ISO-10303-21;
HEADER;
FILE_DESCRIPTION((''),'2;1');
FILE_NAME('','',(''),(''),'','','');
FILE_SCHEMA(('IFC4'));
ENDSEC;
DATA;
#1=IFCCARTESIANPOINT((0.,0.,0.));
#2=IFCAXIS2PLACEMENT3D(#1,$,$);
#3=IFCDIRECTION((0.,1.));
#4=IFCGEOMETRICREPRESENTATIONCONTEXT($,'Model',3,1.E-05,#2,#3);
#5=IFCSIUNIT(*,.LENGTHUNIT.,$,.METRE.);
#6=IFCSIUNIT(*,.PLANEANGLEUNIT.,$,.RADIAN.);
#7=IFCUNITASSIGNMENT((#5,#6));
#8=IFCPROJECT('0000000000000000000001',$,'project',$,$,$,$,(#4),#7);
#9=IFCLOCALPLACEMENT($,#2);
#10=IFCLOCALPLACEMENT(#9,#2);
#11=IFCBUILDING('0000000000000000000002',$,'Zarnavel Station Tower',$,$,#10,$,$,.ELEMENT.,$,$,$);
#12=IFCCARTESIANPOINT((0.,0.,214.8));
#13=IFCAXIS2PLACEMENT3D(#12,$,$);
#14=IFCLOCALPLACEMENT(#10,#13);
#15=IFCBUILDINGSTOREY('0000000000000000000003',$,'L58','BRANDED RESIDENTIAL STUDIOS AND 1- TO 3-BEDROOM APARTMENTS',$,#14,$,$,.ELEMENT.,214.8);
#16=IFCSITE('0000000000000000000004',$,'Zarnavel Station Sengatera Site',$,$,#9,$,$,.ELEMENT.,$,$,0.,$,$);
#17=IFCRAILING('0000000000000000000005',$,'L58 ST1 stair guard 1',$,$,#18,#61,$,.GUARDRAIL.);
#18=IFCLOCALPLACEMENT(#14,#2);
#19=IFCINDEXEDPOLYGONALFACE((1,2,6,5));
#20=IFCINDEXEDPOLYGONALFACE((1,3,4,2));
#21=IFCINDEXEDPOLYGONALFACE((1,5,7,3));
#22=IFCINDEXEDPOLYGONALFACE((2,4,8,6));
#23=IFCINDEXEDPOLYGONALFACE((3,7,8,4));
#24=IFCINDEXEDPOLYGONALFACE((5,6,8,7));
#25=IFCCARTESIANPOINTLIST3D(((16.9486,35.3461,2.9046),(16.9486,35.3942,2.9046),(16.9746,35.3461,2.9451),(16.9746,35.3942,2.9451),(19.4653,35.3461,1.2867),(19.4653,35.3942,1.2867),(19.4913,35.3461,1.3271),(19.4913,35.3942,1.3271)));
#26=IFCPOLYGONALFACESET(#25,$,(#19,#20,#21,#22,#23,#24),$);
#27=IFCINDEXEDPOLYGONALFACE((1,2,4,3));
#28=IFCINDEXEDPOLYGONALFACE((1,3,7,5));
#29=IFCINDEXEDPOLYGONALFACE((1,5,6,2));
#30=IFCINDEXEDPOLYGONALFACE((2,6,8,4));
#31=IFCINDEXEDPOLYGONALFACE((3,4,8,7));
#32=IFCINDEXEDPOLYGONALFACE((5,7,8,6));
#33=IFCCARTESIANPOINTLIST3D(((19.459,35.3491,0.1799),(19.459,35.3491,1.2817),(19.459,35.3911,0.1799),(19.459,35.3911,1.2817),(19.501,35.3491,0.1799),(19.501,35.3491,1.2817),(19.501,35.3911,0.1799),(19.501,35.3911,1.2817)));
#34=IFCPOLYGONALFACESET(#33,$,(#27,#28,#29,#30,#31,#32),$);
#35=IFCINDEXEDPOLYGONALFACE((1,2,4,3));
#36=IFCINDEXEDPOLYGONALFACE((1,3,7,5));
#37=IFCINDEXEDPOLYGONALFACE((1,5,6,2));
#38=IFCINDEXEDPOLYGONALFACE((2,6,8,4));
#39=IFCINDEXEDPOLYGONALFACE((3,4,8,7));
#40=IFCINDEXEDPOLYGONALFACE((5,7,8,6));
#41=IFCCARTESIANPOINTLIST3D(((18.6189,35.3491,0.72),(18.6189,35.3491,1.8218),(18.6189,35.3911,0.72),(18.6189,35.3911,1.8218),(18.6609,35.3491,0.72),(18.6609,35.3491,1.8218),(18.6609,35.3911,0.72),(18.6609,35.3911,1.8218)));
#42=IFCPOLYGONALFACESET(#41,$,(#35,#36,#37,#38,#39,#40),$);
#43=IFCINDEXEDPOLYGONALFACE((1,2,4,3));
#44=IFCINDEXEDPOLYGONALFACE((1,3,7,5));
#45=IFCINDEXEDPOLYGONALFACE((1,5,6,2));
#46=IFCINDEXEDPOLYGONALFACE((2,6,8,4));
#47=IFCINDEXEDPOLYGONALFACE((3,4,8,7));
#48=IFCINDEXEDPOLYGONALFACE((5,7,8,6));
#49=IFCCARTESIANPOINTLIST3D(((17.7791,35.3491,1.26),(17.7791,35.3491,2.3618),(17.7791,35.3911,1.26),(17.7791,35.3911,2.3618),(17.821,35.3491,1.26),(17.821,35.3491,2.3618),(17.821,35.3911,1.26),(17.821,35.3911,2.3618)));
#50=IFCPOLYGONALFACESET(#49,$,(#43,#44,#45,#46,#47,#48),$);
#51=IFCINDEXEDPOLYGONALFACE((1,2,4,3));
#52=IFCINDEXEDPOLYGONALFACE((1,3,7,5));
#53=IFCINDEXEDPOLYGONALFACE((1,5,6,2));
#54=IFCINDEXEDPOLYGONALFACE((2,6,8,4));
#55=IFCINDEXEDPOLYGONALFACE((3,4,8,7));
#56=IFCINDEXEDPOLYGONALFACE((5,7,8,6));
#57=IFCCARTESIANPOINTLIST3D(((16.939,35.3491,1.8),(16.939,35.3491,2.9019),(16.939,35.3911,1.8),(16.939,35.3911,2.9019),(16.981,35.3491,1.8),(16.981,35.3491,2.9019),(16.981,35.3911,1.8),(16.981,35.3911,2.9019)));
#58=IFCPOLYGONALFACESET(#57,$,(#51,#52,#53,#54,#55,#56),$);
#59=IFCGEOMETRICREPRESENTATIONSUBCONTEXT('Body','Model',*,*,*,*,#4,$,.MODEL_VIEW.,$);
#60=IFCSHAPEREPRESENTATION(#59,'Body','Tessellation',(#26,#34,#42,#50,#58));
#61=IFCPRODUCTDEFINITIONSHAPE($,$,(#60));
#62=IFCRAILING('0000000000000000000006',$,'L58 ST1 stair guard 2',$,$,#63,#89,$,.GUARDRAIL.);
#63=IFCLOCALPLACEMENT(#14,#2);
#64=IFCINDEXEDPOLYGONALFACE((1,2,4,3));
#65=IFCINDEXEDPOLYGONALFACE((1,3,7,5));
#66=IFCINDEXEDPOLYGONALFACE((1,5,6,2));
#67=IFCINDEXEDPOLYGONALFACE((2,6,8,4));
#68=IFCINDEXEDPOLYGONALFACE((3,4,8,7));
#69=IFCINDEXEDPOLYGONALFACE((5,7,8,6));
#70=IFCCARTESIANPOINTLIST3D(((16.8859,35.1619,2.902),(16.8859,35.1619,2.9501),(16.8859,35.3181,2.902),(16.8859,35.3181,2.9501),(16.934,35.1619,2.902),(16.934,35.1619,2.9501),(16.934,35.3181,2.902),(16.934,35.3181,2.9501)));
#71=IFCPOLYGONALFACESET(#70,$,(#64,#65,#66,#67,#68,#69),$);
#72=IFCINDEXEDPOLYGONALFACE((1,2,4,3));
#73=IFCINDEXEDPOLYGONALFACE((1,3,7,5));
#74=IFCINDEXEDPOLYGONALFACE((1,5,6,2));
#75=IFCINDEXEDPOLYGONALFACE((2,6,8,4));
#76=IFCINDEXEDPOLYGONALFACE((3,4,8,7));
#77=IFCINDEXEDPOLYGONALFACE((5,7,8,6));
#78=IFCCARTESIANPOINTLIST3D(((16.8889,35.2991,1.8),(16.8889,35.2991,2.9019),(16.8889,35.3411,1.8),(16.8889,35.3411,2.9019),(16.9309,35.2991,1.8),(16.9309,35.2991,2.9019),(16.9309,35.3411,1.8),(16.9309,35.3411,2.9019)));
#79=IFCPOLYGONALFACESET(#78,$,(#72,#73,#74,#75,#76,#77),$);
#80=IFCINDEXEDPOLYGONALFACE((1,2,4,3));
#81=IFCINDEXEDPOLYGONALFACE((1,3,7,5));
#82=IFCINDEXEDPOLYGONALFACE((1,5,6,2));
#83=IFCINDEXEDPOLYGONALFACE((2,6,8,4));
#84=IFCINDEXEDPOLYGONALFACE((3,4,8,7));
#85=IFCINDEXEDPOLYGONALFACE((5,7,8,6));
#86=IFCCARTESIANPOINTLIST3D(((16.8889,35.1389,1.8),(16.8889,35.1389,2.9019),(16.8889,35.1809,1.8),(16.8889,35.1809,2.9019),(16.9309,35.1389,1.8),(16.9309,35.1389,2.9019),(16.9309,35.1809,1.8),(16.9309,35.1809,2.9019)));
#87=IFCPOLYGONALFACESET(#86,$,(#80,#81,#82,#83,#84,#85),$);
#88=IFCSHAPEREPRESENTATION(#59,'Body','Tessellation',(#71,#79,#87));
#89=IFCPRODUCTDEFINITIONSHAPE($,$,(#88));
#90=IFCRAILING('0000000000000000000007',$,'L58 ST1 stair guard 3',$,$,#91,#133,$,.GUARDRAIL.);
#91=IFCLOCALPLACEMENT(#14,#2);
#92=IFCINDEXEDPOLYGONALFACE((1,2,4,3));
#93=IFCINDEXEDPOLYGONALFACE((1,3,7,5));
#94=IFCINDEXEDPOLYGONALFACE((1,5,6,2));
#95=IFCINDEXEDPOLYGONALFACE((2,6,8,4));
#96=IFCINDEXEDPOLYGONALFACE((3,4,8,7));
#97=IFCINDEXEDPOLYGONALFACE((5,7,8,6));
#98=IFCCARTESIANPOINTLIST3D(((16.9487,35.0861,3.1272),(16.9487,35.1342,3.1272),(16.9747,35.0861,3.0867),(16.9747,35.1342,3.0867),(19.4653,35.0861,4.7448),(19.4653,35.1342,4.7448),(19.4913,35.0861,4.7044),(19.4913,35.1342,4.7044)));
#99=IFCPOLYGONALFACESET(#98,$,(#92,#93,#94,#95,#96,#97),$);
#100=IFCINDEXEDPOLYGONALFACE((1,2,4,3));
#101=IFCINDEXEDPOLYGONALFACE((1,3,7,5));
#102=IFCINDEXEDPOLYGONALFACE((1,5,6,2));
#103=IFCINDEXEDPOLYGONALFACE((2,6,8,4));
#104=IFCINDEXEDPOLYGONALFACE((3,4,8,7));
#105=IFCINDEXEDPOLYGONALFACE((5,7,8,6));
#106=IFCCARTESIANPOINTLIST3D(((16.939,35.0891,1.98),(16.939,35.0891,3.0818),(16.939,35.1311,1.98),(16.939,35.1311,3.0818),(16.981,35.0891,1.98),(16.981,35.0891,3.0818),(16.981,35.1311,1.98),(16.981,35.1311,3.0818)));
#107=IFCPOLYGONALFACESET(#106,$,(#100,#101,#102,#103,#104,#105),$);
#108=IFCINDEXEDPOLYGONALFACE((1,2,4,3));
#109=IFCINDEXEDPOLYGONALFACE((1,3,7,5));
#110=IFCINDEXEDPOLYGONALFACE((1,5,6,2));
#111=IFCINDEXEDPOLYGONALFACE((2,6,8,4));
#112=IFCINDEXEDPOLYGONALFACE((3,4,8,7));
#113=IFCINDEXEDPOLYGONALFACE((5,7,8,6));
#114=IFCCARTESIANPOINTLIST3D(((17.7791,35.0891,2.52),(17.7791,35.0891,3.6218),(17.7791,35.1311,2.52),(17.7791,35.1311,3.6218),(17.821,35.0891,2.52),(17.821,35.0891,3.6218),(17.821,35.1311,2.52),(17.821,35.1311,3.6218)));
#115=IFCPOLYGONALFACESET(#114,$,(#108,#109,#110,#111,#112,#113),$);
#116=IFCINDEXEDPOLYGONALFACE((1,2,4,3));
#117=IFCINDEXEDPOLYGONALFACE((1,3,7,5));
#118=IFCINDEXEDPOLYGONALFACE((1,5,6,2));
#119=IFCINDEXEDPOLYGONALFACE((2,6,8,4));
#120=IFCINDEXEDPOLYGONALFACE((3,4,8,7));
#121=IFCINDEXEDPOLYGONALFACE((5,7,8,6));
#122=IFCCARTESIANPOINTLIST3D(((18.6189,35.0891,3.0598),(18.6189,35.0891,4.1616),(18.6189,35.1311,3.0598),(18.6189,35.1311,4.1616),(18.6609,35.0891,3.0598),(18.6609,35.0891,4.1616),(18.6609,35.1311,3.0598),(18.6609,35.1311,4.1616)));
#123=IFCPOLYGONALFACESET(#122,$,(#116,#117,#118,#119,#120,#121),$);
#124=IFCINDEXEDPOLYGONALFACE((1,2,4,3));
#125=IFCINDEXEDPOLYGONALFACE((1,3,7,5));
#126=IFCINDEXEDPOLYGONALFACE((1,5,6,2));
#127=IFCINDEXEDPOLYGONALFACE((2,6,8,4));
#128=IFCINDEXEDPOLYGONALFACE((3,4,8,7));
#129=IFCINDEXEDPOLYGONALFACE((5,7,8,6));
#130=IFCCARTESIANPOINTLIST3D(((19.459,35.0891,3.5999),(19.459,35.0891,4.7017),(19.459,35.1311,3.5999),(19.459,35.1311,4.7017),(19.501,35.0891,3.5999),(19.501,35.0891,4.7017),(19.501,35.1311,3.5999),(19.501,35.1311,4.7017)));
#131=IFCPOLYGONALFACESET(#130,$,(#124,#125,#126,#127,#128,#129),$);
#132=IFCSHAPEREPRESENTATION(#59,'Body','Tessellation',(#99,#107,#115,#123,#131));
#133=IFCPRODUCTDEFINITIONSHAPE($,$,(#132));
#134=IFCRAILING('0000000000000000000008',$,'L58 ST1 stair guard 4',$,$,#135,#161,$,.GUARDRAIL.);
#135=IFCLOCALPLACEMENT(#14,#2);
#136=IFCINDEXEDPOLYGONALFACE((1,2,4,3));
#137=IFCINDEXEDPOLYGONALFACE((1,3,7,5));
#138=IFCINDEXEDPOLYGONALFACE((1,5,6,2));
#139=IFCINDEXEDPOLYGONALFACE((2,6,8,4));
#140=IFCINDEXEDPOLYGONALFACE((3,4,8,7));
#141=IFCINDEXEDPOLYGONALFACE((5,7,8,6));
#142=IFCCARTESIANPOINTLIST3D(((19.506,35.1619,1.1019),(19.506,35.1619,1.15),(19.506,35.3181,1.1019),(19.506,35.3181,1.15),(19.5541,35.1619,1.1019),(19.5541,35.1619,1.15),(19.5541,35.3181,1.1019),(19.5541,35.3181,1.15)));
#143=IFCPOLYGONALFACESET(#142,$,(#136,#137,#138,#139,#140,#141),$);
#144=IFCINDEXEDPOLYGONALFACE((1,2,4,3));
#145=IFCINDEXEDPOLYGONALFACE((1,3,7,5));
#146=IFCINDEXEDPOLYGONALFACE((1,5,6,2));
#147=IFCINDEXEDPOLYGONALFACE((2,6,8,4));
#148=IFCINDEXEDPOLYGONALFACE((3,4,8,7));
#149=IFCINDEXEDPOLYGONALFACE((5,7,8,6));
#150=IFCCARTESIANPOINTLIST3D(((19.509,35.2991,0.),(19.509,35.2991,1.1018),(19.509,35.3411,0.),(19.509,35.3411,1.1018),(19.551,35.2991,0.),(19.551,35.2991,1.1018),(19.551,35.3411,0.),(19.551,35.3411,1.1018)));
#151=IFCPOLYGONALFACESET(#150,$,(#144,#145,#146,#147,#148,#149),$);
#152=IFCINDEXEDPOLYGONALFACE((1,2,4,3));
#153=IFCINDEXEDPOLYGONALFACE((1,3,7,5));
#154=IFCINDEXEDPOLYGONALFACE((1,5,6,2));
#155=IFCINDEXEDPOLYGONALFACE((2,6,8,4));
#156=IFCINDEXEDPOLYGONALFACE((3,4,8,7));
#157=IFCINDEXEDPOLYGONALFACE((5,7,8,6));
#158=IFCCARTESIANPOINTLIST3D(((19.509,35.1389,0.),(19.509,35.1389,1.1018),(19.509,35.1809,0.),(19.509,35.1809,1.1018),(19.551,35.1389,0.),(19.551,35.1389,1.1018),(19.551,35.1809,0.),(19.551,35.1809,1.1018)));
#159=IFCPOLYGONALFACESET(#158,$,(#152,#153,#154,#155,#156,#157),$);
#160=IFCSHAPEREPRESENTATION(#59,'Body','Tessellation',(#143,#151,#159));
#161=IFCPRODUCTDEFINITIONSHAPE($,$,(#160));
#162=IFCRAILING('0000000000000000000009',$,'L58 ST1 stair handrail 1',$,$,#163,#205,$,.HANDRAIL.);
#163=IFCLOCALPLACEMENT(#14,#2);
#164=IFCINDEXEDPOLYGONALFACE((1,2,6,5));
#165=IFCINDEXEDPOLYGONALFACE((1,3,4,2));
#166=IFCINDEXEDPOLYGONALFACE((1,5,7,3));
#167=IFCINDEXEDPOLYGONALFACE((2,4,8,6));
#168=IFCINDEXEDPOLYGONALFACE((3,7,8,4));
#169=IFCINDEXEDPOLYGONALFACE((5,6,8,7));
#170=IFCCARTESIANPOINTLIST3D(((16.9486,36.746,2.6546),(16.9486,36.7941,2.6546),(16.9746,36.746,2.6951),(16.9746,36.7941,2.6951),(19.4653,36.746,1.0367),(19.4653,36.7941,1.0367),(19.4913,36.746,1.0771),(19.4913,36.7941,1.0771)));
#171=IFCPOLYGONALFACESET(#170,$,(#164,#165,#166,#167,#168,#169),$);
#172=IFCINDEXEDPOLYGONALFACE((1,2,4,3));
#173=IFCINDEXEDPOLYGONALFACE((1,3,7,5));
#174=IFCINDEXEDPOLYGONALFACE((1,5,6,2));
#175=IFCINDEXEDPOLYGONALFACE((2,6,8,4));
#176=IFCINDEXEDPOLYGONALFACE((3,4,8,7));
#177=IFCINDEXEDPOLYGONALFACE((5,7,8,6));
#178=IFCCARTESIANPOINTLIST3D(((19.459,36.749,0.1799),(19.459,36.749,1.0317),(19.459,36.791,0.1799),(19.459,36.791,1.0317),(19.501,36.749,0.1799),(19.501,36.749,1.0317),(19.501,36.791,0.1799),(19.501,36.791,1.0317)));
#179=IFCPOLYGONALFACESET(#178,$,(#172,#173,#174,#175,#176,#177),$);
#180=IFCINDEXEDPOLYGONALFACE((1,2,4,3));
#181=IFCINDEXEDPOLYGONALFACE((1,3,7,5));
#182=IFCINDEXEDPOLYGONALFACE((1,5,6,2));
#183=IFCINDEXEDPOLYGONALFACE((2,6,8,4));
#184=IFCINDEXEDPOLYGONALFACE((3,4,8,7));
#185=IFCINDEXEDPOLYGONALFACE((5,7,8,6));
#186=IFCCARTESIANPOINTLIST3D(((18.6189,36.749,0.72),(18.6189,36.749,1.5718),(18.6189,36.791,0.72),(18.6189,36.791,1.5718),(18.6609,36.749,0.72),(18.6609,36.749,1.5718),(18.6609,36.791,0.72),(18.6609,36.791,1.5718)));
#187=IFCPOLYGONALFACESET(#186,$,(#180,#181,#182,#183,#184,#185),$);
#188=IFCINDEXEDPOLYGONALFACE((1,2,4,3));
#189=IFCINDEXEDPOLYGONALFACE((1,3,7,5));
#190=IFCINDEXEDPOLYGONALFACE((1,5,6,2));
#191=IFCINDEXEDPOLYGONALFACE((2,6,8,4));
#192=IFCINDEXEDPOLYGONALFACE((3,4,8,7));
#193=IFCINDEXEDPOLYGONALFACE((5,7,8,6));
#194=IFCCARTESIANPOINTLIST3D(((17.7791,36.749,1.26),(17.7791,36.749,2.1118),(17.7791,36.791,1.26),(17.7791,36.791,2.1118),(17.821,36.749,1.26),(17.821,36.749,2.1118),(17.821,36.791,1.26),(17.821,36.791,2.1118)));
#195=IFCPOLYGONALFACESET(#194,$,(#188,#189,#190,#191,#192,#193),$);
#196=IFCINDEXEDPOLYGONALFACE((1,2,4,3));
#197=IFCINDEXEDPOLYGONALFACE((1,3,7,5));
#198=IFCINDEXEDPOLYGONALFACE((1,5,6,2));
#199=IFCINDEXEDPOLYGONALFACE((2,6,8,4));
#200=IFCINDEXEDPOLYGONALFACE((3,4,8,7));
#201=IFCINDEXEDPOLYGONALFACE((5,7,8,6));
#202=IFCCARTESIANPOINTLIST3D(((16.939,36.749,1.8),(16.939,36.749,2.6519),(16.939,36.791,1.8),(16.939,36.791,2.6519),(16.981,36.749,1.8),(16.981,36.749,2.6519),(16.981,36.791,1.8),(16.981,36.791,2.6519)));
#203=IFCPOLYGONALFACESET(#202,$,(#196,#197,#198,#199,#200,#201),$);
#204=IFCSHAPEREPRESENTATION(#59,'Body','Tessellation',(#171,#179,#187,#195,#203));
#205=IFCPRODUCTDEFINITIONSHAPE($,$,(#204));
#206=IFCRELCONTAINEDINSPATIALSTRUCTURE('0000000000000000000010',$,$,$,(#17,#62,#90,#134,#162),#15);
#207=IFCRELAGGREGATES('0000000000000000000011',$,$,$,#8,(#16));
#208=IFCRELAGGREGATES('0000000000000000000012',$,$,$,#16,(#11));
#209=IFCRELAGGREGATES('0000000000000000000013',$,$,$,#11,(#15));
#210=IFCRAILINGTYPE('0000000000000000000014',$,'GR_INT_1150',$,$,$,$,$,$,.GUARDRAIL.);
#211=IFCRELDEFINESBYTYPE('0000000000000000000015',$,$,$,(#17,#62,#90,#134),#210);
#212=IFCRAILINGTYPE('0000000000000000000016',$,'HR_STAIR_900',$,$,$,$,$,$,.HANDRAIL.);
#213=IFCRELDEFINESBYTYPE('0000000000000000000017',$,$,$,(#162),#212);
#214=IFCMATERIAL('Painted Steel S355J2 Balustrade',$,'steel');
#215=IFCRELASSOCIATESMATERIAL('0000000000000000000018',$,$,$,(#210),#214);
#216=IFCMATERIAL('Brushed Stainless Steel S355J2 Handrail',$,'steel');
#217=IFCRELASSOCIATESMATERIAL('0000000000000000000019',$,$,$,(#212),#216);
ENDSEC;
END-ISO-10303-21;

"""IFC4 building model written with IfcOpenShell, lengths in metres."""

from ifc_helpers import new_model, si_unit, direction, frame, origin, origin_2d, place, context, subcontext, project, spatial, rectangle, extrude, material, type_object, element, save


model = new_model("IFC4")

# Units and contexts
model_context = context("Model", 3, precision=1e-05, world=origin(), true_north=direction((0.0, 1.0)))
body_context = subcontext(model_context, "Body", "Model", "MODEL_VIEW")
ifc_project = project(units=[si_unit("LENGTHUNIT", "METRE"), si_unit("PLANEANGLEUNIT", "RADIAN")], contexts=[model_context])

# Site, building, storey
site_placement = place(None, origin())
site = spatial("IfcSite", under=ifc_project, at=site_placement, Name="Zarnavel Station Sengatera Site", CompositionType="ELEMENT", RefElevation=0.0)
building_placement = place(site_placement, origin())
building = spatial("IfcBuilding", under=site, at=building_placement, Name="Zarnavel Station Tower", CompositionType="ELEMENT")
storey_placement = place(building_placement, frame((0.0, 0.0, 214.8)))
storey = spatial("IfcBuildingStorey", under=building, at=storey_placement, Name="L58", Description="BRANDED RESIDENTIAL STUDIOS AND 1- TO 3-BEDROOM APARTMENTS", CompositionType="ELEMENT", Elevation=214.8)

# Railings
ifc_material_1 = material(Name="Painted Steel S355J2 Balustrade", Category="steel")
railing_type_1 = type_object("IfcRailingType", Name="GR_INT_1150", PredefinedType="GUARDRAIL", material=ifc_material_1)
railing_1_placement = place(storey_placement, frame((19.48, 35.3701, 0.1799)))
element("IfcRailing", 1, at=railing_1_placement, inside=storey, type_object=railing_type_1, Name="L58 ST1 stair guard 1", PredefinedType="GUARDRAIL", context=body_context, shape_type="SweptSolid", body=[
    extrude(rectangle(XDim=0.0481, YDim=0.0481, at=origin_2d()), frame((-0.0017, 0.0, 1.127), z_axis=(-0.841163, 0.0, 0.540782), x_axis=(0.0, -1.0, 0.0)), (0.0, 0.0, 1.0), 2.9919),
    extrude(rectangle(XDim=0.042, YDim=0.042, at=origin_2d()), origin(), (0.0, 0.0, 1.0), 1.1018),
    extrude(rectangle(XDim=0.042, YDim=0.042, at=origin_2d()), frame((-0.8401, 0.0, 0.54)), (0.0, 0.0, 1.0), 1.1018),
    extrude(rectangle(XDim=0.042, YDim=0.042, at=origin_2d()), frame((-1.6799, 0.0, 1.0801)), (0.0, 0.0, 1.0), 1.1018),
    extrude(rectangle(XDim=0.042, YDim=0.042, at=origin_2d()), frame((-2.52, 0.0, 1.6201)), (0.0, 0.0, 1.0), 1.1018),
])
railing_2_placement = place(storey_placement, frame((16.9099, 35.3201, 1.8)))
element("IfcRailing", 2, at=railing_2_placement, inside=storey, type_object=railing_type_1, Name="L58 ST1 stair guard 2", PredefinedType="GUARDRAIL", context=body_context, shape_type="SweptSolid", body=[
    extrude(rectangle(XDim=0.0481, YDim=0.0481, at=origin_2d()), frame((0.0, -0.002, 1.126), z_axis=(0.0, -1.0, 0.0), x_axis=(1.0, 0.0, 0.0)), (0.0, 0.0, 1.0), 0.1562),
    extrude(rectangle(XDim=0.042, YDim=0.042, at=origin_2d()), origin(), (0.0, 0.0, 1.0), 1.1018),
    extrude(rectangle(XDim=0.042, YDim=0.042, at=origin_2d()), frame((0.0, -0.1602, 0.0)), (0.0, 0.0, 1.0), 1.1018),
])
railing_3_placement = place(storey_placement, frame((16.96, 35.1101, 1.98)))
element("IfcRailing", 3, at=railing_3_placement, inside=storey, type_object=railing_type_1, Name="L58 ST1 stair guard 3", PredefinedType="GUARDRAIL", context=body_context, shape_type="SweptSolid", body=[
    extrude(rectangle(XDim=0.0481, YDim=0.0481, at=origin_2d()), frame((0.0017, 0.0, 1.127), z_axis=(0.8412, 0.0, 0.540725), x_axis=(0.0, 1.0, 0.0)), (0.0, 0.0, 1.0), 2.9917),
    extrude(rectangle(XDim=0.042, YDim=0.042, at=origin_2d()), origin(), (0.0, 0.0, 1.0), 1.1018),
    extrude(rectangle(XDim=0.042, YDim=0.042, at=origin_2d()), frame((0.8401, 0.0, 0.54)), (0.0, 0.0, 1.0), 1.1018),
    extrude(rectangle(XDim=0.042, YDim=0.042, at=origin_2d()), frame((1.6799, 0.0, 1.0798)), (0.0, 0.0, 1.0), 1.1018),
    extrude(rectangle(XDim=0.042, YDim=0.042, at=origin_2d()), frame((2.52, 0.0, 1.6199)), (0.0, 0.0, 1.0), 1.1018),
])
railing_4_placement = place(storey_placement, frame((19.53, 35.3201, 0.0)))
element("IfcRailing", 4, at=railing_4_placement, inside=storey, type_object=railing_type_1, Name="L58 ST1 stair guard 4", PredefinedType="GUARDRAIL", context=body_context, shape_type="SweptSolid", body=[
    extrude(rectangle(XDim=0.0481, YDim=0.0481, at=origin_2d()), frame((0.0, -0.002, 1.126), z_axis=(0.0, -1.0, 0.0), x_axis=(1.0, 0.0, 0.0)), (0.0, 0.0, 1.0), 0.1562),
    extrude(rectangle(XDim=0.042, YDim=0.042, at=origin_2d()), origin(), (0.0, 0.0, 1.0), 1.1018),
    extrude(rectangle(XDim=0.042, YDim=0.042, at=origin_2d()), frame((0.0, -0.1602, 0.0)), (0.0, 0.0, 1.0), 1.1018),
])
ifc_material_2 = material(Name="Brushed Stainless Steel S355J2 Handrail", Category="steel")
railing_type_2 = type_object("IfcRailingType", Name="HR_STAIR_900", PredefinedType="HANDRAIL", material=ifc_material_2)
railing_5_placement = place(storey_placement, frame((19.48, 36.77, 0.1799)))
element("IfcRailing", 5, at=railing_5_placement, inside=storey, type_object=railing_type_2, Name="L58 ST1 stair handrail 1", PredefinedType="HANDRAIL", context=body_context, shape_type="SweptSolid", body=[
    extrude(rectangle(XDim=0.0481, YDim=0.0481, at=origin_2d()), frame((-0.0017, 0.0, 0.877), z_axis=(-0.841163, 0.0, 0.540782), x_axis=(0.0, -1.0, 0.0)), (0.0, 0.0, 1.0), 2.9919),
    extrude(rectangle(XDim=0.042, YDim=0.042, at=origin_2d()), origin(), (0.0, 0.0, 1.0), 0.8518),
    extrude(rectangle(XDim=0.042, YDim=0.042, at=origin_2d()), frame((-0.8401, 0.0, 0.54)), (0.0, 0.0, 1.0), 0.8518),
    extrude(rectangle(XDim=0.042, YDim=0.042, at=origin_2d()), frame((-1.6799, 0.0, 1.0801)), (0.0, 0.0, 1.0), 0.8518),
    extrude(rectangle(XDim=0.042, YDim=0.042, at=origin_2d()), frame((-2.52, 0.0, 1.6201)), (0.0, 0.0, 1.0), 0.8518),
])

save(model, "model.ifc")
